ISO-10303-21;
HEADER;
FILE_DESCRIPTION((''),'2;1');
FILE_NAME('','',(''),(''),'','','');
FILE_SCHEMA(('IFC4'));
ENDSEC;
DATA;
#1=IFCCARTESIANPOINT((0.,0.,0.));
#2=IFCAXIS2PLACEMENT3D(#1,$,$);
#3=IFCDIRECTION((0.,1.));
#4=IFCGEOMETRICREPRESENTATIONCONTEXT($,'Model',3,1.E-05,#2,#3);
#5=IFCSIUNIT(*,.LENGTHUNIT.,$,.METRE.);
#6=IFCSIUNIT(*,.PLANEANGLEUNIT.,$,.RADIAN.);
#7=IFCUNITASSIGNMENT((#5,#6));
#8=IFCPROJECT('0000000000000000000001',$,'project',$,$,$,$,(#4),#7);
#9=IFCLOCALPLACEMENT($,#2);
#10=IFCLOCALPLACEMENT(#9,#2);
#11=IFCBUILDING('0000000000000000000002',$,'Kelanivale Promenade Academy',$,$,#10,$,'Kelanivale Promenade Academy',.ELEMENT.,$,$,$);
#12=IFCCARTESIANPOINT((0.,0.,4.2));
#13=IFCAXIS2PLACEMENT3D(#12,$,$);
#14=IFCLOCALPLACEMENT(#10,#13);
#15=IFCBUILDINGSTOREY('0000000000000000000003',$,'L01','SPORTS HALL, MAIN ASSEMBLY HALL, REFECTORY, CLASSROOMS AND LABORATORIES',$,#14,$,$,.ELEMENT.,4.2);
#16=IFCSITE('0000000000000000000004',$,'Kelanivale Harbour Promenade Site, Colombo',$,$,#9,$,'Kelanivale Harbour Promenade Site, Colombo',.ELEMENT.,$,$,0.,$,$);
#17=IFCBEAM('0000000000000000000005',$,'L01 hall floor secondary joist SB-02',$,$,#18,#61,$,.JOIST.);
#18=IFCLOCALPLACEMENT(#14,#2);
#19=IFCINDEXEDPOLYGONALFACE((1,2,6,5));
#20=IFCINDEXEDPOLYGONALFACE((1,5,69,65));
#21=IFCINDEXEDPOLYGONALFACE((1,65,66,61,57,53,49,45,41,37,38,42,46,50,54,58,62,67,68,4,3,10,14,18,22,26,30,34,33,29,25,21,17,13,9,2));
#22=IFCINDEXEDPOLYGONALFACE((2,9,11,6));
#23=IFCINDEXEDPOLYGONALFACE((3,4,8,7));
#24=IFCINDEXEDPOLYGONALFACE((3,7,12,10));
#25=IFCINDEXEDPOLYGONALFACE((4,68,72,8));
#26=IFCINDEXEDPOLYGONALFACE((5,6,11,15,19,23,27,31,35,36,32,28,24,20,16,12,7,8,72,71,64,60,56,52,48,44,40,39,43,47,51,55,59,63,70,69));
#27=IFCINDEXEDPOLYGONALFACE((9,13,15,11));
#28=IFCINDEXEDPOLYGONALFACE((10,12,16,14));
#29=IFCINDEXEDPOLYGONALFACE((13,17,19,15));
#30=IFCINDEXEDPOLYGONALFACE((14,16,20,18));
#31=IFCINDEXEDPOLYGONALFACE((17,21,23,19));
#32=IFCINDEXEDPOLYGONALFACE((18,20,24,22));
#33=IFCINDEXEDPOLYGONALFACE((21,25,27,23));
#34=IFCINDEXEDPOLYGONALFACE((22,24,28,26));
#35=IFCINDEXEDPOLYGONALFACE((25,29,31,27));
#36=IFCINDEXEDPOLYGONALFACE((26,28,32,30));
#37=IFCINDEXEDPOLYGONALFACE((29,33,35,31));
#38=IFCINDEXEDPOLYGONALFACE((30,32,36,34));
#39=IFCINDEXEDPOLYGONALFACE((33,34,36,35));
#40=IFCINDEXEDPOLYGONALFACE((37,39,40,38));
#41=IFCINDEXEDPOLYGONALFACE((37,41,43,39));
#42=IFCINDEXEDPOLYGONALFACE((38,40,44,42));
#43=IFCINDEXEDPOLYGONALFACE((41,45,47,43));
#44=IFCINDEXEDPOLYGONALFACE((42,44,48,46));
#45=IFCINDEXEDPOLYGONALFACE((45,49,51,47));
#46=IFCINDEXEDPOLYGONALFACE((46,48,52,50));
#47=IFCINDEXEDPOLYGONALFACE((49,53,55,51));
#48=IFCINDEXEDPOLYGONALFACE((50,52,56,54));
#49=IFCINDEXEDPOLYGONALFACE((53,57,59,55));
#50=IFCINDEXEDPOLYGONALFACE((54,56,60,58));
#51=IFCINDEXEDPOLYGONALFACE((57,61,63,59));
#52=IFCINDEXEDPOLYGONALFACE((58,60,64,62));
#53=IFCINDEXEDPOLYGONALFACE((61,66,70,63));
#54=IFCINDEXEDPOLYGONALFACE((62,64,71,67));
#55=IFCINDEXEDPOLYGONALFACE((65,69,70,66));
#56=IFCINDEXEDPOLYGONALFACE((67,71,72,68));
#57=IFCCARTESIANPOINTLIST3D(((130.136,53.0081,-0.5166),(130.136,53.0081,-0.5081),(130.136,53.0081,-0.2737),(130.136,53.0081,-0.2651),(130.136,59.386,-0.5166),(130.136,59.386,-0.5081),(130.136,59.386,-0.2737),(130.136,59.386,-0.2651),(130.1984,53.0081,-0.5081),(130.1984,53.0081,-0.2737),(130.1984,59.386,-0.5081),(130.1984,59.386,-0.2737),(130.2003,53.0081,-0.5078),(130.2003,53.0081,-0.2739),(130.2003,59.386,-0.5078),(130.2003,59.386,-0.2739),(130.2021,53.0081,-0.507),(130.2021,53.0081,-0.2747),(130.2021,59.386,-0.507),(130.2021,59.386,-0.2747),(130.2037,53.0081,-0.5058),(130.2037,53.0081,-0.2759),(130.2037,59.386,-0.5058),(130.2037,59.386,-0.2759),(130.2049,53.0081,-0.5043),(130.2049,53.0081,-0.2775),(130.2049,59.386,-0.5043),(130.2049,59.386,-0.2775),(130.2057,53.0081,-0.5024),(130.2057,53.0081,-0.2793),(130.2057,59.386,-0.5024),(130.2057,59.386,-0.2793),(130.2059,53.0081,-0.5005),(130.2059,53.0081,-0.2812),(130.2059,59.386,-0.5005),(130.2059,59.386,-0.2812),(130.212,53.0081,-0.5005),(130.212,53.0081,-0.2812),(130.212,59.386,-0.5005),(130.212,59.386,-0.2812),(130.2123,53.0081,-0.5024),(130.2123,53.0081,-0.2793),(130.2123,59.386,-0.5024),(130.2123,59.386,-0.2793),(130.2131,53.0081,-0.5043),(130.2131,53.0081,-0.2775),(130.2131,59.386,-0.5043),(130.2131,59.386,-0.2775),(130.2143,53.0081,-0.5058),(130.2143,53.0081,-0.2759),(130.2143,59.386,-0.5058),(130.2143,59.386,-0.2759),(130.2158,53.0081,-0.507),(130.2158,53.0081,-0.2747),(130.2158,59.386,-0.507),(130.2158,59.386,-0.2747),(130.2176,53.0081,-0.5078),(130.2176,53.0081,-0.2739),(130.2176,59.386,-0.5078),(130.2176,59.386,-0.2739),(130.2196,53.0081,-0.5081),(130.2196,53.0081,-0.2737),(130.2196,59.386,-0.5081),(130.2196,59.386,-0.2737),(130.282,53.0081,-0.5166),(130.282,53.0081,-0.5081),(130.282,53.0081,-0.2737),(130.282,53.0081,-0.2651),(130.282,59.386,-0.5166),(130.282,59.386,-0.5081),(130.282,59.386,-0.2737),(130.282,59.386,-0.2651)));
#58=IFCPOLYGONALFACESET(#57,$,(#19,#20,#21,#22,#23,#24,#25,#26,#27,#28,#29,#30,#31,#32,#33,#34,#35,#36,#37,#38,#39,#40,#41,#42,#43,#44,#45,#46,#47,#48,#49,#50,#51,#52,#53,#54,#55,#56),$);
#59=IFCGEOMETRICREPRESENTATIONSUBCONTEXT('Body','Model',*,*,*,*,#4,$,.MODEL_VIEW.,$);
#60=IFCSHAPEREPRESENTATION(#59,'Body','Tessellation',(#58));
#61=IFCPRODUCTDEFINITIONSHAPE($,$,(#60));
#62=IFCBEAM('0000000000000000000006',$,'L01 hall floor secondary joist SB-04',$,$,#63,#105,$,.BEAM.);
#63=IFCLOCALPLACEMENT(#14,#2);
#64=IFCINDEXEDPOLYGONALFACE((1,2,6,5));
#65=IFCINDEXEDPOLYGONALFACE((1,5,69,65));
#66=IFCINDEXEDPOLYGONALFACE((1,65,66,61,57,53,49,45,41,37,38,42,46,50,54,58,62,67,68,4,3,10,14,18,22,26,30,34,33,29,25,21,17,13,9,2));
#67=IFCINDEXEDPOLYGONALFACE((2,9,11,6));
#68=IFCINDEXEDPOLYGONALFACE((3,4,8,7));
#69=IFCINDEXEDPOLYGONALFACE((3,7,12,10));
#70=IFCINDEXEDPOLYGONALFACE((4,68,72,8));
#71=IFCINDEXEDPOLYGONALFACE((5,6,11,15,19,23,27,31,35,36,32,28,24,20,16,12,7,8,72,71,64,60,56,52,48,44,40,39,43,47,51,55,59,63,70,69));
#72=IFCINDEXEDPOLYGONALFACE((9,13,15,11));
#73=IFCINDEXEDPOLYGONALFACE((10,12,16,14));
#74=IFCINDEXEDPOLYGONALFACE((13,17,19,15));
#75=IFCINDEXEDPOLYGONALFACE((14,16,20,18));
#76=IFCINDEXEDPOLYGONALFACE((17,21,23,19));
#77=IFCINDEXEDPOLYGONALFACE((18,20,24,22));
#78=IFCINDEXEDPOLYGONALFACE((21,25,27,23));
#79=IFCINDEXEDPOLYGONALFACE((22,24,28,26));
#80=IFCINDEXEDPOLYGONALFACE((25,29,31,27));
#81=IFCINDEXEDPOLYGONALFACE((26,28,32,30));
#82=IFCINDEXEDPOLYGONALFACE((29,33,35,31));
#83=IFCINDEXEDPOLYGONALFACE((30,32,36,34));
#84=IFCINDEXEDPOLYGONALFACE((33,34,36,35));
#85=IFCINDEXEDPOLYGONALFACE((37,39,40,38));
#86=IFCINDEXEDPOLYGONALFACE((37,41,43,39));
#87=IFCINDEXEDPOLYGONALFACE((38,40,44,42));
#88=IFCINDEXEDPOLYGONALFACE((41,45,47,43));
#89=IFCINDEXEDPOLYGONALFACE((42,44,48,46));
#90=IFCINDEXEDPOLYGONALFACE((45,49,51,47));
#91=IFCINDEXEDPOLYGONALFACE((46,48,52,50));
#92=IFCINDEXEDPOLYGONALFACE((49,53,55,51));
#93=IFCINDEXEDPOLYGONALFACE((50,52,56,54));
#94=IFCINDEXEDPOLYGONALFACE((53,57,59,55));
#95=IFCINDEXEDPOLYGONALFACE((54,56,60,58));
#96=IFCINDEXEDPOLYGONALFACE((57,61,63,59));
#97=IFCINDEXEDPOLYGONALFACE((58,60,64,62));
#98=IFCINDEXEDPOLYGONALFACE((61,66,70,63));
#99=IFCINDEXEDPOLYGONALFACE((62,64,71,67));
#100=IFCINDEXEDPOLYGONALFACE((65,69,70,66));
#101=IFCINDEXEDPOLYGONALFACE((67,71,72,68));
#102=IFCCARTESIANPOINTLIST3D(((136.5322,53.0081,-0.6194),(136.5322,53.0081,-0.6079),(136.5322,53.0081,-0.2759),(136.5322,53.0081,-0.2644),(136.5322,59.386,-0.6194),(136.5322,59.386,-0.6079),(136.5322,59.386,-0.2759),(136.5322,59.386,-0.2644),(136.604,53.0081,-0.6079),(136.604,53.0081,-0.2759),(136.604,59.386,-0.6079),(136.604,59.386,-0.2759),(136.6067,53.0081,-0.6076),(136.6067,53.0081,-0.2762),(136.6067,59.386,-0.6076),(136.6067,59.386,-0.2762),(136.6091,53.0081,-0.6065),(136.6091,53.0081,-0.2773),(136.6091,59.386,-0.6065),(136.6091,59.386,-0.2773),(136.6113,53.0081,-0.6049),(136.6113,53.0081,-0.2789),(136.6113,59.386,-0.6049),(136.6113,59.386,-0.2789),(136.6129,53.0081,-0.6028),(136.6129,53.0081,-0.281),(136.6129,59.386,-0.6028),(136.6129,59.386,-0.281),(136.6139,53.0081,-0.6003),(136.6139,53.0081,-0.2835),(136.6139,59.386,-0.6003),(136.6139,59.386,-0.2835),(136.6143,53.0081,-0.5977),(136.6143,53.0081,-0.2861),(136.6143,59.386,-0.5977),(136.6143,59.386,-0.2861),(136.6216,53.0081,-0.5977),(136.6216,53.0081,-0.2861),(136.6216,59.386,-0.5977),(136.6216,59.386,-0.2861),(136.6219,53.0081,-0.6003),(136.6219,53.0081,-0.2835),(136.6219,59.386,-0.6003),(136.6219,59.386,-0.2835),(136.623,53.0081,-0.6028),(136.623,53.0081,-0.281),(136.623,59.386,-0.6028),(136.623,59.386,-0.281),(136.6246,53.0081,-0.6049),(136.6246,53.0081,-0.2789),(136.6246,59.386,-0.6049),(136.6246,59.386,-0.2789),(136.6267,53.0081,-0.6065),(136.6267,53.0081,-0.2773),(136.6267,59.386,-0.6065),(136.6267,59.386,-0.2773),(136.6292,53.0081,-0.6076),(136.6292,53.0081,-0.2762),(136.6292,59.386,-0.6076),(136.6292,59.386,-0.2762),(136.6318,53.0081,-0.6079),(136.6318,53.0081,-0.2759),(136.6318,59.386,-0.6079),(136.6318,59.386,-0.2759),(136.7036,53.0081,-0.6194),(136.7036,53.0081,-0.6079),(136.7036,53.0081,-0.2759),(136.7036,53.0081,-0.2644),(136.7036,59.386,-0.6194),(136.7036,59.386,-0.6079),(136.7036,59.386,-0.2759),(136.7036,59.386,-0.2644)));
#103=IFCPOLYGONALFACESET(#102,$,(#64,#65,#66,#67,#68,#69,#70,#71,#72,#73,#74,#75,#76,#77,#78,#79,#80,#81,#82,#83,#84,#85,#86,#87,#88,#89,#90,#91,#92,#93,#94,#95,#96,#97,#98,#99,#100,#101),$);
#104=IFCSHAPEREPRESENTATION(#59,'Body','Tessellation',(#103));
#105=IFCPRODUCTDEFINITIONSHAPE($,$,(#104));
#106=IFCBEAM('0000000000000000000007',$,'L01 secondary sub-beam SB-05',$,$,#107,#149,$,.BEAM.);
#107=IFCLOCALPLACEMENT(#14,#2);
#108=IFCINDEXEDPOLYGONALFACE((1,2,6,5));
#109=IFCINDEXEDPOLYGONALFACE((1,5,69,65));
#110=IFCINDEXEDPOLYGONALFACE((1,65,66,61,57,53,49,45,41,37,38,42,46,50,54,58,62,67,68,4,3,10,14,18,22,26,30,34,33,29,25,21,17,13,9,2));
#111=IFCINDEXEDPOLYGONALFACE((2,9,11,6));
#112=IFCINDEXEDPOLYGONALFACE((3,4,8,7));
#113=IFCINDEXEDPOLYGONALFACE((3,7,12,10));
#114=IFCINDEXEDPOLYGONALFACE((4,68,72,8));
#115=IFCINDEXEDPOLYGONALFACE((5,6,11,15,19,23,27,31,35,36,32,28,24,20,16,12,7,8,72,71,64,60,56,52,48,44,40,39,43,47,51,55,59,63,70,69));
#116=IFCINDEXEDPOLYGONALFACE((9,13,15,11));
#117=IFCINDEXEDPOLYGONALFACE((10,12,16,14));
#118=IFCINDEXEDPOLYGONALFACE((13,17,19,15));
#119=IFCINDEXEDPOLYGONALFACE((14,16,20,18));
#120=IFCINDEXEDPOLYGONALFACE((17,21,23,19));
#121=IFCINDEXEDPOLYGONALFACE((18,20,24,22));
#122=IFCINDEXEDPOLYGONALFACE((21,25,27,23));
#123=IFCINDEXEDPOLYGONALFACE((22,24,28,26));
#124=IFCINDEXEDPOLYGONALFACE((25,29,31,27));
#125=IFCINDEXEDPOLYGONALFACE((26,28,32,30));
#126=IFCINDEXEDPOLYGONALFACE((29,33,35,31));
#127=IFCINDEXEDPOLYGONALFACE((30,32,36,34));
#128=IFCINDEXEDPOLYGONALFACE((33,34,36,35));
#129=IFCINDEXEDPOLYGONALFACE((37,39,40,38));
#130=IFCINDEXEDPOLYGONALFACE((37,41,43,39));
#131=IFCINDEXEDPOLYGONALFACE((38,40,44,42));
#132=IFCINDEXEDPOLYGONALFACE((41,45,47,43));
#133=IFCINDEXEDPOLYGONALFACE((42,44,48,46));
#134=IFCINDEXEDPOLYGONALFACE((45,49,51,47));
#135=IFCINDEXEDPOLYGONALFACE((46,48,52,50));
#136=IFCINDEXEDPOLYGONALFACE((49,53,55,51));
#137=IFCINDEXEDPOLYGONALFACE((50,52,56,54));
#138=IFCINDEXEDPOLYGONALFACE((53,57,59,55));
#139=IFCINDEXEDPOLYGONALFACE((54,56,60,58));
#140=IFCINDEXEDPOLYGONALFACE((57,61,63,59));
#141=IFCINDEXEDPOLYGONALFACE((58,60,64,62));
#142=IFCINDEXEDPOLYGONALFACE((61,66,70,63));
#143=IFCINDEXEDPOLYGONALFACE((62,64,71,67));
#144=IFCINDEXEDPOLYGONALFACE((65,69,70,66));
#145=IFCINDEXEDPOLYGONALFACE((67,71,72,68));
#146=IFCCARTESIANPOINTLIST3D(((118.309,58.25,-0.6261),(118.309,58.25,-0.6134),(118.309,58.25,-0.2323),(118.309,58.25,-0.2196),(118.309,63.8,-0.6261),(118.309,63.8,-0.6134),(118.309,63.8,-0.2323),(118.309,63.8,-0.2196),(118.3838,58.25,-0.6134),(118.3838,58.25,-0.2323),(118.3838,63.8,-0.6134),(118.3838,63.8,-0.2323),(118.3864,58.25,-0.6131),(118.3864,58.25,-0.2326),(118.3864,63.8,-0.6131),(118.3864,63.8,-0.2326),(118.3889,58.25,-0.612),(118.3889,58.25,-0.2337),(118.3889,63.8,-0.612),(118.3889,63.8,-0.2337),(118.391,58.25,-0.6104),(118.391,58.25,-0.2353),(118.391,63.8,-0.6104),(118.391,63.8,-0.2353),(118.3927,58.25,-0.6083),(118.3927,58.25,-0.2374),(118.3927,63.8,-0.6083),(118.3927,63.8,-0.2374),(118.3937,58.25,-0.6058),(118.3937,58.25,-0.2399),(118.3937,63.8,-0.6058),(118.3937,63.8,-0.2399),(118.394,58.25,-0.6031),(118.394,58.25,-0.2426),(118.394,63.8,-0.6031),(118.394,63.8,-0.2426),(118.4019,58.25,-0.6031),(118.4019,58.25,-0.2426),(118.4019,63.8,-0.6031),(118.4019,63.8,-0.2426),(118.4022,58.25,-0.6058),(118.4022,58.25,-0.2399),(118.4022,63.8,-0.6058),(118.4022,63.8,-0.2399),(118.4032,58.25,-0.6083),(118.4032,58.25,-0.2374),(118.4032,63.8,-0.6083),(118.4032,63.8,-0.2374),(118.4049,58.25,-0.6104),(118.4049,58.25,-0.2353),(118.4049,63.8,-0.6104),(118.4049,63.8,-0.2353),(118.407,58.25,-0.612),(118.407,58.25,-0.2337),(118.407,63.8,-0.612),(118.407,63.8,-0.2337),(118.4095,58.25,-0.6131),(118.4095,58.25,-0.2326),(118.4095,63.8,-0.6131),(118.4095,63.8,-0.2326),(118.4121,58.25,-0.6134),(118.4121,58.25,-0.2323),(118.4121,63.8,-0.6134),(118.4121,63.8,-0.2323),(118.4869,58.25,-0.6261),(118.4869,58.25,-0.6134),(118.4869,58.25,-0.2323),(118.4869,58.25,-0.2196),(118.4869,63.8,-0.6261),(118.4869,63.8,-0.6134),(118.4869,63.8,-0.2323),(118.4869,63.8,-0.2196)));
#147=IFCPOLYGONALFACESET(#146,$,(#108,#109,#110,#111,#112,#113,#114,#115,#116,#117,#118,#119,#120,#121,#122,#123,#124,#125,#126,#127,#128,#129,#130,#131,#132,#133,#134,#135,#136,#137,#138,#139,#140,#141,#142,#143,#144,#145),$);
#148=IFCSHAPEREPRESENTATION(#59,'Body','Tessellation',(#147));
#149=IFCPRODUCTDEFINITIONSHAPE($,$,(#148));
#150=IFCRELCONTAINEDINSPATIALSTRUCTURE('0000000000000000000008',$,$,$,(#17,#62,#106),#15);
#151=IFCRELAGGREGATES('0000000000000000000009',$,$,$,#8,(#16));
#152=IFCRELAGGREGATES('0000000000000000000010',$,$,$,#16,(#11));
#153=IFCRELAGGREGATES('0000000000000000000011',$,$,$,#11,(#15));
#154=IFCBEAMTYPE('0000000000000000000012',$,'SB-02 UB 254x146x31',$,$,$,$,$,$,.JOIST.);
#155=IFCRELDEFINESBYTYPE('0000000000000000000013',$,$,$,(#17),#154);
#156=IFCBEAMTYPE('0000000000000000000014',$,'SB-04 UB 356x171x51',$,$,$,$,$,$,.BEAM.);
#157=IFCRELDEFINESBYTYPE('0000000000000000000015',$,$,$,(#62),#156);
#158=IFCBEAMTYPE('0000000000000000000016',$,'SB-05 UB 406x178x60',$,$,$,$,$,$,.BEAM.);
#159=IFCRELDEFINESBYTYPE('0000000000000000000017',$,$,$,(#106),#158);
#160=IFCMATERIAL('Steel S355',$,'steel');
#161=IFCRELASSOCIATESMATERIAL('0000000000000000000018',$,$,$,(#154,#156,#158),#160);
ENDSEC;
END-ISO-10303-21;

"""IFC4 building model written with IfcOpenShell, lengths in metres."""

from ifc_helpers import new_model, si_unit, direction, frame, origin, origin_2d, place, context, subcontext, project, spatial, i_section, extrude, material, material_profile, profile_set, type_object, element, save


model = new_model("IFC4")

# Units and contexts
model_context = context("Model", 3, precision=1e-05, world=origin(), true_north=direction((0.0, 1.0)))
body_context = subcontext(model_context, "Body", "Model", "MODEL_VIEW")
ifc_project = project(units=[si_unit("LENGTHUNIT", "METRE"), si_unit("PLANEANGLEUNIT", "RADIAN")], contexts=[model_context])

# Site, building, storey
site_placement = place(None, origin())
site = spatial("IfcSite", under=ifc_project, at=site_placement, Name="Kelanivale Harbour Promenade Site, Colombo", LongName="Kelanivale Harbour Promenade Site, Colombo", CompositionType="ELEMENT", RefElevation=0.0)
building_placement = place(site_placement, origin())
building = spatial("IfcBuilding", under=site, at=building_placement, Name="Kelanivale Promenade Academy", LongName="Kelanivale Promenade Academy", CompositionType="ELEMENT")
storey_placement = place(building_placement, frame((0.0, 0.0, 4.2)))
storey = spatial("IfcBuildingStorey", under=building, at=storey_placement, Name="L01", Description="SPORTS HALL, MAIN ASSEMBLY HALL, REFECTORY, CLASSROOMS AND LABORATORIES", CompositionType="ELEMENT", Elevation=4.2)

# Shared definitions
ifc_material_1 = material(Name="Steel S355", Category="steel")

# Beams
ifc_material_profile_1 = material_profile(ifc_material_1, i_section(OverallWidth=0.146, OverallDepth=0.2515, WebThickness=0.0061, FlangeThickness=0.0085, FilletRadius=0.0076, at=origin_2d()), Name="UB 254x146x31")
ifc_profile_set_1 = profile_set([ifc_material_profile_1], Name="Steel S355")
beam_type_1 = type_object("IfcBeamType", Name="SB-02 UB 254x146x31", PredefinedType="JOIST", material=ifc_profile_set_1)
beam_1_placement = place(storey_placement, frame((130.209, 53.0081, -0.3909), z_axis=(0.0, 1.0, 0.0), x_axis=(-1.0, 0.0, 0.0)))
element("IfcBeam", 1, at=beam_1_placement, inside=storey, type_object=beam_type_1, Name="L01 hall floor secondary joist SB-02", PredefinedType="JOIST", context=body_context, shape_type="SweptSolid", body=[
    extrude(i_section(OverallWidth=0.146, OverallDepth=0.2515, WebThickness=0.0061, FlangeThickness=0.0085, FilletRadius=0.0076, at=origin_2d()), origin(), (0.0, 0.0, 1.0), 6.3779),
])
ifc_material_profile_2 = material_profile(ifc_material_1, i_section(OverallWidth=0.1714, OverallDepth=0.355, WebThickness=0.0073, FlangeThickness=0.0115, FilletRadius=0.0103, at=origin_2d()), Name="UB 356x171x51")
ifc_profile_set_2 = profile_set([ifc_material_profile_2], Name="Steel S355")
beam_type_2 = type_object("IfcBeamType", Name="SB-04 UB 356x171x51", PredefinedType="BEAM", material=ifc_profile_set_2)
beam_2_placement = place(storey_placement, frame((136.6179, 53.0081, -0.4419), z_axis=(0.0, 1.0, 0.0), x_axis=(-1.0, 0.0, 0.0)))
element("IfcBeam", 2, at=beam_2_placement, inside=storey, type_object=beam_type_2, Name="L01 hall floor secondary joist SB-04", PredefinedType="BEAM", context=body_context, shape_type="SweptSolid", body=[
    extrude(i_section(OverallWidth=0.1714, OverallDepth=0.355, WebThickness=0.0073, FlangeThickness=0.0115, FilletRadius=0.0103, at=origin_2d()), origin(), (0.0, 0.0, 1.0), 6.3779),
])
ifc_material_profile_3 = material_profile(ifc_material_1, i_section(OverallWidth=0.178, OverallDepth=0.4065, WebThickness=0.0078, FlangeThickness=0.0127, FilletRadius=0.0103, at=origin_2d()), Name="UB 406x178x60")
ifc_profile_set_3 = profile_set([ifc_material_profile_3], Name="Steel S355")
beam_type_3 = type_object("IfcBeamType", Name="SB-05 UB 406x178x60", PredefinedType="BEAM", material=ifc_profile_set_3)
beam_3_placement = place(storey_placement, frame((118.3979, 58.25, -0.4229), z_axis=(0.0, 1.0, 0.0), x_axis=(-1.0, 0.0, 0.0)))
element("IfcBeam", 3, at=beam_3_placement, inside=storey, type_object=beam_type_3, Name="L01 secondary sub-beam SB-05", PredefinedType="BEAM", context=body_context, shape_type="SweptSolid", body=[
    extrude(i_section(OverallWidth=0.178, OverallDepth=0.4065, WebThickness=0.0078, FlangeThickness=0.0127, FilletRadius=0.0103, at=origin_2d()), origin(), (0.0, 0.0, 1.0), 5.55),
])

save(model, "model.ifc")
